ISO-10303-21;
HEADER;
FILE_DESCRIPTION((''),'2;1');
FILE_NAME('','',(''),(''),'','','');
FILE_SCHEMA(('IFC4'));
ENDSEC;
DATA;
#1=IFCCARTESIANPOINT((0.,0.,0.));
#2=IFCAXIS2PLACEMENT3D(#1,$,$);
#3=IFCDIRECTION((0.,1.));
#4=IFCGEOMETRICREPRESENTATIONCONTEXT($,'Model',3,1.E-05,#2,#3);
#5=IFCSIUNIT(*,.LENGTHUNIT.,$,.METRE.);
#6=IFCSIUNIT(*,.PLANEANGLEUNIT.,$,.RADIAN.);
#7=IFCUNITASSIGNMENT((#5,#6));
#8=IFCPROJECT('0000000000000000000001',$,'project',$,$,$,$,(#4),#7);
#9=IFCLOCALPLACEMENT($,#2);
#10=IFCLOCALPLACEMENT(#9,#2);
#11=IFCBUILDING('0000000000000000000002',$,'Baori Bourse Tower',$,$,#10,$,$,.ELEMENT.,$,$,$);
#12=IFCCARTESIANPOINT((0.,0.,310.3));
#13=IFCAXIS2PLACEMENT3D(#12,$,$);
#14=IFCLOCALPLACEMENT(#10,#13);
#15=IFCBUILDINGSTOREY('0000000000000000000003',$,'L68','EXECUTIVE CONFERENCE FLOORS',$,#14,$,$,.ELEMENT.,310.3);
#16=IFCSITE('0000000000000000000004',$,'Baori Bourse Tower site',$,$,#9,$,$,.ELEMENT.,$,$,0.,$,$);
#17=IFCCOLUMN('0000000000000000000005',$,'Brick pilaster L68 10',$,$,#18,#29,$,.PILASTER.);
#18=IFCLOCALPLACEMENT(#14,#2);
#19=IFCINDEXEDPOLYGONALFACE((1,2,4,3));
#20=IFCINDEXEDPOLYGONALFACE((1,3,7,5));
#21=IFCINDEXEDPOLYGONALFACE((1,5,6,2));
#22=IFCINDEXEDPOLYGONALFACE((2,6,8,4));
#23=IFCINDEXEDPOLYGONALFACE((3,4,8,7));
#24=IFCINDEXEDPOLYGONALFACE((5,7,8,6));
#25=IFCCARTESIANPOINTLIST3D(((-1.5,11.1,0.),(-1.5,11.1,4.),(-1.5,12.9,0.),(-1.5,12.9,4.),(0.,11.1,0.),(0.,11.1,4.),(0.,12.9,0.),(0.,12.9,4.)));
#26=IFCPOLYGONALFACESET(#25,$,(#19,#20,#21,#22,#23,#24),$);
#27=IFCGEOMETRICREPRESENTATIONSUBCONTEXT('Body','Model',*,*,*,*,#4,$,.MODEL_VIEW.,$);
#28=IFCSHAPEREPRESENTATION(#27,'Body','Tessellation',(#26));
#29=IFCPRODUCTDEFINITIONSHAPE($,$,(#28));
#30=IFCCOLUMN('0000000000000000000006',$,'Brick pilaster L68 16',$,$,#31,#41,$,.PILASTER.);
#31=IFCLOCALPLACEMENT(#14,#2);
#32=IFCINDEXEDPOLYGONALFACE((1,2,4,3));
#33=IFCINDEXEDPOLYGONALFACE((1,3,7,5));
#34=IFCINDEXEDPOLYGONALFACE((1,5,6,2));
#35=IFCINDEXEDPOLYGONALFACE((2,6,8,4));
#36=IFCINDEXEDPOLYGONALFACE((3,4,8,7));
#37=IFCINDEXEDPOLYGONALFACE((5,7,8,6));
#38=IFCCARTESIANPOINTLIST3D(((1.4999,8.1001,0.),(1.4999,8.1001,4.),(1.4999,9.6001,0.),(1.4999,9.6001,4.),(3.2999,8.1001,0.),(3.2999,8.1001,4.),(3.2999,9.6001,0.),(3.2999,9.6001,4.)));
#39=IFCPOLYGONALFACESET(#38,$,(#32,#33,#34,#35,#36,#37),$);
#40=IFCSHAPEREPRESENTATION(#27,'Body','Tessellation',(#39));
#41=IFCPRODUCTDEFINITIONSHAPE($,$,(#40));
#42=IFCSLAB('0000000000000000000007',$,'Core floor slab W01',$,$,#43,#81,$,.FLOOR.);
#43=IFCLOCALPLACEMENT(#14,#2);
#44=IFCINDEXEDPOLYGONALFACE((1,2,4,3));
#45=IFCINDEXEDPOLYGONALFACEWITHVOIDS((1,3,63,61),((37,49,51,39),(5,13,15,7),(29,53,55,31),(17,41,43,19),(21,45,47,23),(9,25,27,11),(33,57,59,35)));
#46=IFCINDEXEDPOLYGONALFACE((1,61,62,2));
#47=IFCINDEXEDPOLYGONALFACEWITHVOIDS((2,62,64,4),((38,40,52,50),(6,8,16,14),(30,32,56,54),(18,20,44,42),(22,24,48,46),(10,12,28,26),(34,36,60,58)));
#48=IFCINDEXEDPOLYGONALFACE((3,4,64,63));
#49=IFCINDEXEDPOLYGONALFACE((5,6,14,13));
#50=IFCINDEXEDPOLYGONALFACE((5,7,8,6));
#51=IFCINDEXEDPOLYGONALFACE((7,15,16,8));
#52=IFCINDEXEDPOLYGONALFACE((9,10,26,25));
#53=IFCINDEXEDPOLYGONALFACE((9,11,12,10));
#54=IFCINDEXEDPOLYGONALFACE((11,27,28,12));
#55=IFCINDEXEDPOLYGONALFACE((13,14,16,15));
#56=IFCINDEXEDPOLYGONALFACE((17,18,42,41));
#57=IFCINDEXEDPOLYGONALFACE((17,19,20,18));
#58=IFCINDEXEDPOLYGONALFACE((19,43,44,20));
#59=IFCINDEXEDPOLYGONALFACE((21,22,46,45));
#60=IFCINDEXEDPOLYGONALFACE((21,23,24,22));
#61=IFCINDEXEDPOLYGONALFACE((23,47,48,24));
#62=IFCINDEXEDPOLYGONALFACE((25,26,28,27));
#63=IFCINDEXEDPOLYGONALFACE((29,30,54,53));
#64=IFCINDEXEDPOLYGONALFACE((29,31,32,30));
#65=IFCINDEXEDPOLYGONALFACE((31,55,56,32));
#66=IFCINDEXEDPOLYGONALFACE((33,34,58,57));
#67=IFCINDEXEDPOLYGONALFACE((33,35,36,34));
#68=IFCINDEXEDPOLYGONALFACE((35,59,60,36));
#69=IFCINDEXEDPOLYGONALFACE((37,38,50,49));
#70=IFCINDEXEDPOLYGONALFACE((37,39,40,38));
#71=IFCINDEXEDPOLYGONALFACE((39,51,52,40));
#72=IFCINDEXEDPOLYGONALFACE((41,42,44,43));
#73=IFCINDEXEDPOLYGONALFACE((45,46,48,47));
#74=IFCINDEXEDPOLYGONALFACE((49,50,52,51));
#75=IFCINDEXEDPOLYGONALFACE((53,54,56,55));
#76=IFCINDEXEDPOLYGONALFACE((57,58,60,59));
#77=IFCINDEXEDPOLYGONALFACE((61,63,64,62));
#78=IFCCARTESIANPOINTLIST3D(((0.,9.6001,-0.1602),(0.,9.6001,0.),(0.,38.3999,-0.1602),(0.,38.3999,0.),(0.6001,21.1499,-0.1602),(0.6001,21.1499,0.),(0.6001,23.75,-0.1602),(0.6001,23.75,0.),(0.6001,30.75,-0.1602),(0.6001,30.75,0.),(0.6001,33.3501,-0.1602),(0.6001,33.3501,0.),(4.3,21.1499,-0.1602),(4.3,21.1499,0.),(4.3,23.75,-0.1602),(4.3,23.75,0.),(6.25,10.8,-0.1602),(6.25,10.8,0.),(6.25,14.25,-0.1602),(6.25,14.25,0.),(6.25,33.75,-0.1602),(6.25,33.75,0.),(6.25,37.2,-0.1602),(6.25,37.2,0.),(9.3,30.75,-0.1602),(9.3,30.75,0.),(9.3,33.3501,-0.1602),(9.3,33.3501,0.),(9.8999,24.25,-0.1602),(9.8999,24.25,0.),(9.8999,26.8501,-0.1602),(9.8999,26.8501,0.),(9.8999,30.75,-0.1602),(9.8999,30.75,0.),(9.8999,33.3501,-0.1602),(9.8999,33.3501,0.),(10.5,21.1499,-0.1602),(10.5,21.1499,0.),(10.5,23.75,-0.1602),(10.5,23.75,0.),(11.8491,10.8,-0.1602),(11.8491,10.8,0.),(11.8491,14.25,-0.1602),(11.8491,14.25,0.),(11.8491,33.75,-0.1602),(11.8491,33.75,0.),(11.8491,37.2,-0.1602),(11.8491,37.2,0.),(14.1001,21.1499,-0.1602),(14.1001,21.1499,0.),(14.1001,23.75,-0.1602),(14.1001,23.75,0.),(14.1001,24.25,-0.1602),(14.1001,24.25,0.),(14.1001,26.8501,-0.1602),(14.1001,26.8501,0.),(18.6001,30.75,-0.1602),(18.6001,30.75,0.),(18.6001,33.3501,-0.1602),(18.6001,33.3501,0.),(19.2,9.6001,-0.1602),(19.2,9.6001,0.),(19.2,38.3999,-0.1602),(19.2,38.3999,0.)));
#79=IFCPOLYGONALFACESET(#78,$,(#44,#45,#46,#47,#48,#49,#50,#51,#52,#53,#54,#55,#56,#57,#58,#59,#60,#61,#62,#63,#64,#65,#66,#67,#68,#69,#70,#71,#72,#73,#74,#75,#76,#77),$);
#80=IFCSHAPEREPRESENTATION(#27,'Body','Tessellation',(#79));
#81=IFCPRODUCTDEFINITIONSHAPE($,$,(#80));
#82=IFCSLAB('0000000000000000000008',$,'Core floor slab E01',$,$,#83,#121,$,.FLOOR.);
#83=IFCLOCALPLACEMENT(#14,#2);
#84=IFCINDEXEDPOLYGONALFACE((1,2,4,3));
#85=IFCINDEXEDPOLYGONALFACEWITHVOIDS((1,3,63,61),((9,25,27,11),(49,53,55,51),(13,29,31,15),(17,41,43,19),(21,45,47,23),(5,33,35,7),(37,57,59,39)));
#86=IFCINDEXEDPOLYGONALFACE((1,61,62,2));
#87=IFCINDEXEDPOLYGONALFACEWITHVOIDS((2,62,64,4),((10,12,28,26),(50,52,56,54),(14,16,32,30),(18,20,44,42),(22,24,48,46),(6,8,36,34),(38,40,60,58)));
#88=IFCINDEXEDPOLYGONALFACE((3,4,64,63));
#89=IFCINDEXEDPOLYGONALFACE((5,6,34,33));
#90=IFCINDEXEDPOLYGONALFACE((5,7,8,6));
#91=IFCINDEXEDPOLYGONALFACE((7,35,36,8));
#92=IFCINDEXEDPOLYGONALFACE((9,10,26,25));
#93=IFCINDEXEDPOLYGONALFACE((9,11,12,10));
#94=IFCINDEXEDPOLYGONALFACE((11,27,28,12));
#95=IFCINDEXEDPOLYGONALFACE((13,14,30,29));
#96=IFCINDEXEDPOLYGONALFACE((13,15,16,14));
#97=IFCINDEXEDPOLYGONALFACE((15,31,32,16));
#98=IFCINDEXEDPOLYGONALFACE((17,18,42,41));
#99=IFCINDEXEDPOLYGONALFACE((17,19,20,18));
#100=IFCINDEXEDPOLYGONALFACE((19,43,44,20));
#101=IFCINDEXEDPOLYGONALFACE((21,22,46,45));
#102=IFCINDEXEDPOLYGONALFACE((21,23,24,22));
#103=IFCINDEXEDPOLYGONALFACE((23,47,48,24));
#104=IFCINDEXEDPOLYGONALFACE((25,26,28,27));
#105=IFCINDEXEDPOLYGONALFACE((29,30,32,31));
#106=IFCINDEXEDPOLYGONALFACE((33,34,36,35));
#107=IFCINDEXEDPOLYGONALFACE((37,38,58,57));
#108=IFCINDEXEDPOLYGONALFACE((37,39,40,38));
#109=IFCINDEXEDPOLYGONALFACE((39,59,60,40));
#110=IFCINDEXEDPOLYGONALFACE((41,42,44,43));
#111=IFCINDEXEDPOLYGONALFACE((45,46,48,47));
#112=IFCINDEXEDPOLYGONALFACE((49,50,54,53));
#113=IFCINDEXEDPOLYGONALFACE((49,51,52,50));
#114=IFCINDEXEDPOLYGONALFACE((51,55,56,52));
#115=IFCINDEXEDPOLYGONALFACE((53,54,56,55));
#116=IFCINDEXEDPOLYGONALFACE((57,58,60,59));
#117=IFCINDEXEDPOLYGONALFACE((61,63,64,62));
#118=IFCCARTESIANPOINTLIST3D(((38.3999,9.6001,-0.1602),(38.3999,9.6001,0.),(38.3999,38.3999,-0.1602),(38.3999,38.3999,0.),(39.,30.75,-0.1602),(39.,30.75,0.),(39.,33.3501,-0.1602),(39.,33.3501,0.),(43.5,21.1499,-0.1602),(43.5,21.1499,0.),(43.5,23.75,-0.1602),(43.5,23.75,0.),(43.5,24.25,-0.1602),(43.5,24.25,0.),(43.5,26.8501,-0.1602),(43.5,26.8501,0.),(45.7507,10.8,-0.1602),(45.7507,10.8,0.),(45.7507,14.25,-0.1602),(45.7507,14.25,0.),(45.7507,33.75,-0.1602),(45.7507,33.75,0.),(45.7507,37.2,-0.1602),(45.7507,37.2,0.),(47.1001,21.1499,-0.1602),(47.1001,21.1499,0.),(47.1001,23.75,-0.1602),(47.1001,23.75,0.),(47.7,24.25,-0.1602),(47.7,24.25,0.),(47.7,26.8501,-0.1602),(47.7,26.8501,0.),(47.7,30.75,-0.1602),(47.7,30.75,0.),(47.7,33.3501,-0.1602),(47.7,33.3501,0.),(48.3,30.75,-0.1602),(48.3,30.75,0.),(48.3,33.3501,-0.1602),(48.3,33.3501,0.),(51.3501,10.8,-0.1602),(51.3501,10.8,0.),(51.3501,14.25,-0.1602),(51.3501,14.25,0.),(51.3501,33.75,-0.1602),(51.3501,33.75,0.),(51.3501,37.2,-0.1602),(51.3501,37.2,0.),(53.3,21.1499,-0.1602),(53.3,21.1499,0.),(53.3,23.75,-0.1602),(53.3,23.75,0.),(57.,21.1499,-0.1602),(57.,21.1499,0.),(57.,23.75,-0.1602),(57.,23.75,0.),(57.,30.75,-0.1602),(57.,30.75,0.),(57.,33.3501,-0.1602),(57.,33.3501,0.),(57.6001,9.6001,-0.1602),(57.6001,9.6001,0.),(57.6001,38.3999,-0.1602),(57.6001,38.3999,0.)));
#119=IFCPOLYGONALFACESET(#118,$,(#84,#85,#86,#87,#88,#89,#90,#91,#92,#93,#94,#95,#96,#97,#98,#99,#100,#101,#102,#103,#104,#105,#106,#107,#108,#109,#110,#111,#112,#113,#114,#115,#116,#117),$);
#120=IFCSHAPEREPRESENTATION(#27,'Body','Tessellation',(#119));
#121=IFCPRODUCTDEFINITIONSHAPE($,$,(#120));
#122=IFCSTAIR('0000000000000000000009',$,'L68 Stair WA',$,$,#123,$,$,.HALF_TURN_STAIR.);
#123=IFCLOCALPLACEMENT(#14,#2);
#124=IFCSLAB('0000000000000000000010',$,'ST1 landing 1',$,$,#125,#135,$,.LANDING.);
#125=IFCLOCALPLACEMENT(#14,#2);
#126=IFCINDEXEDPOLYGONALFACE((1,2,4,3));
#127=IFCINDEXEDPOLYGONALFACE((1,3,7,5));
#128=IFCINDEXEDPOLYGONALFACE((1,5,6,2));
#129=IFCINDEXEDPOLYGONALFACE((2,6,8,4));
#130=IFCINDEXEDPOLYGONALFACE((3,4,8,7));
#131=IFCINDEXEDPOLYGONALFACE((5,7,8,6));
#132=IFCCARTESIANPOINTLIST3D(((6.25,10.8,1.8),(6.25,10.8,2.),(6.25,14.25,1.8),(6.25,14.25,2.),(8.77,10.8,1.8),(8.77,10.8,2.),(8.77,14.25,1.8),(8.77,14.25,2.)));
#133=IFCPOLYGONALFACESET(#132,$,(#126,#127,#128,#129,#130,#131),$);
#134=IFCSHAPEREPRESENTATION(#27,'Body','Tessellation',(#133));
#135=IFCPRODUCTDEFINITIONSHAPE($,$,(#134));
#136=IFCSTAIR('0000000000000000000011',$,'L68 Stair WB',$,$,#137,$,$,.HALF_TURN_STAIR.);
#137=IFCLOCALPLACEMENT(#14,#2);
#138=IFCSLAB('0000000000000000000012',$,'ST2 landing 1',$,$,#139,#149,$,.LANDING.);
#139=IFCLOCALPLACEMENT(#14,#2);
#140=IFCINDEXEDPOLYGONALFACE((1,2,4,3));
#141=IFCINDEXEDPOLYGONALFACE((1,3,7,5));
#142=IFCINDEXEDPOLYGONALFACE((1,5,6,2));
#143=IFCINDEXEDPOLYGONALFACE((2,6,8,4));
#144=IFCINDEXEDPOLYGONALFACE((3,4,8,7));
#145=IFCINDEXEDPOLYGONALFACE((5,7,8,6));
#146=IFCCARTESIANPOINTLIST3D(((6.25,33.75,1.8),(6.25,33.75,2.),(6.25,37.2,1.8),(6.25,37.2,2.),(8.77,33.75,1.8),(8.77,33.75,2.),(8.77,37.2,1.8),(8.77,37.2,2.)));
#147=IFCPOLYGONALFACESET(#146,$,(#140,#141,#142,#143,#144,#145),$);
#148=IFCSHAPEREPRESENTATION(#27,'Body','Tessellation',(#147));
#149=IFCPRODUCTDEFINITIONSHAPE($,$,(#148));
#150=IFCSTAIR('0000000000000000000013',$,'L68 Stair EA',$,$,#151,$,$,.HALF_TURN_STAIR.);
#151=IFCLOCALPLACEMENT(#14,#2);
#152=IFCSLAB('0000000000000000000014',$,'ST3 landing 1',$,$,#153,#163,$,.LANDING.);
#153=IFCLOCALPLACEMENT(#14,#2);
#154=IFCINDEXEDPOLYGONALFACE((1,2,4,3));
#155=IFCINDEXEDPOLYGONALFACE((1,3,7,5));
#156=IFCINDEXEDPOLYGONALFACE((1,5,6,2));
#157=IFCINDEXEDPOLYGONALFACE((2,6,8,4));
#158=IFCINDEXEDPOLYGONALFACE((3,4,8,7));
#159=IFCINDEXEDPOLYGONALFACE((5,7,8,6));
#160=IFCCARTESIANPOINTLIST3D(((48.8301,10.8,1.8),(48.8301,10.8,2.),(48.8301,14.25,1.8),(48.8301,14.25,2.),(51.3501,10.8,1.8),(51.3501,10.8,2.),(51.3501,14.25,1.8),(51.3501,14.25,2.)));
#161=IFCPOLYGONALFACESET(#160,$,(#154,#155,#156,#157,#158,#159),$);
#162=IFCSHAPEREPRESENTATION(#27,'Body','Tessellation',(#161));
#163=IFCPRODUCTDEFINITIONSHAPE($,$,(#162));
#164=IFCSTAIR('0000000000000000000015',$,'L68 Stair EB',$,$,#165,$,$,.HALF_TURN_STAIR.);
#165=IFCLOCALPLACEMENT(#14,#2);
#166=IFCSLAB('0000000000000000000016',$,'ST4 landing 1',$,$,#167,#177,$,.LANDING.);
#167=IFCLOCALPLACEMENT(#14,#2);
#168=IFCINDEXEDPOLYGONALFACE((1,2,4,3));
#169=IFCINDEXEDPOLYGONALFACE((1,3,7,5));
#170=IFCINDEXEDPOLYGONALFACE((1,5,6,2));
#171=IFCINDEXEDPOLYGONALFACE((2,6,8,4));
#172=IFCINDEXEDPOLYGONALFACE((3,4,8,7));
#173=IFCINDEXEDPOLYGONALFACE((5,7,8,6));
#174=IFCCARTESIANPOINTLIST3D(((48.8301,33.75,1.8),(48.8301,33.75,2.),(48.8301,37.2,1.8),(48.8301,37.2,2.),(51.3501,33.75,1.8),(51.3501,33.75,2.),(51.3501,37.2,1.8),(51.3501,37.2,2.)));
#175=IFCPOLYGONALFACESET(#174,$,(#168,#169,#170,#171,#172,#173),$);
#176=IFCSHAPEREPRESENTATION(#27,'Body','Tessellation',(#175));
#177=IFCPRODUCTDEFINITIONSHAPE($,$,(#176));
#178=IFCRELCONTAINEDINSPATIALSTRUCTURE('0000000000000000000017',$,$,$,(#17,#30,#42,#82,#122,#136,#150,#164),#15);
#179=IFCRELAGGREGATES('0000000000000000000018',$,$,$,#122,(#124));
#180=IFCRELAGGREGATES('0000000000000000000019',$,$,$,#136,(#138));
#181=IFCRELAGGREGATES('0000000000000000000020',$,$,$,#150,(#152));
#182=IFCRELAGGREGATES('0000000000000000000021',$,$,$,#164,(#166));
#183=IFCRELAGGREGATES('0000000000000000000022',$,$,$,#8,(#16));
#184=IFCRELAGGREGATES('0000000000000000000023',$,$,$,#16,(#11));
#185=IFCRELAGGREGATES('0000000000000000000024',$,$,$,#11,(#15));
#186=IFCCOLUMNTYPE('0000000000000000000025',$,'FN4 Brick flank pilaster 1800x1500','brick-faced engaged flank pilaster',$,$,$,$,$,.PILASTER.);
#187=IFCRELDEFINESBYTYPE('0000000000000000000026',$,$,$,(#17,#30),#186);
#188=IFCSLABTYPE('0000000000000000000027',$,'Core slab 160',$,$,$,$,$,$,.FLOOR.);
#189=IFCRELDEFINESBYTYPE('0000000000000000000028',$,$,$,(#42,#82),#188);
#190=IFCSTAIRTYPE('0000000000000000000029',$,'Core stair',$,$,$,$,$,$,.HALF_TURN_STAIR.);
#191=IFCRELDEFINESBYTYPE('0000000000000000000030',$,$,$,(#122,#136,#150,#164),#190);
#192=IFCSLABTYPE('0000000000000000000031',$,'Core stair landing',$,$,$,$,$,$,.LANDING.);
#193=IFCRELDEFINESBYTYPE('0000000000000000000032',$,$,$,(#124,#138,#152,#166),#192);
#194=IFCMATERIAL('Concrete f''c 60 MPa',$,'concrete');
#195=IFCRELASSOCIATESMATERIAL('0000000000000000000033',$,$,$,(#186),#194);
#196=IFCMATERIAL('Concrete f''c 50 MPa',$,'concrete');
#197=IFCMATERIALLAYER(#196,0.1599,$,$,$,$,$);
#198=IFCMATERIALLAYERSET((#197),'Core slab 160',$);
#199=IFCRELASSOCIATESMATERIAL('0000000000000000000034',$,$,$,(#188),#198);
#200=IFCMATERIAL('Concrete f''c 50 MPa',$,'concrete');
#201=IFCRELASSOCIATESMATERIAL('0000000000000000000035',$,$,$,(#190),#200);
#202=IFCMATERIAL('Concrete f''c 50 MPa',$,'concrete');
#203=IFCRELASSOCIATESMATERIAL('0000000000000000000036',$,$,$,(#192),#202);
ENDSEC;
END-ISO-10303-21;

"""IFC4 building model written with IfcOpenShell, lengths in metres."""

from ifc_helpers import new_model, si_unit, direction, frame, origin, origin_2d, place, context, subcontext, project, spatial, polyline, rectangle, outline, extrude, material, layer, layer_set, material_profile, profile_set, type_object, element, aggregate, save


model = new_model("IFC4")

# Units and contexts
model_context = context("Model", 3, precision=1e-05, world=origin(), true_north=direction((0.0, 1.0)))
body_context = subcontext(model_context, "Body", "Model", "MODEL_VIEW")
ifc_project = project(units=[si_unit("LENGTHUNIT", "METRE"), si_unit("PLANEANGLEUNIT", "RADIAN")], contexts=[model_context])

# Site, building, storey
site_placement = place(None, origin())
site = spatial("IfcSite", under=ifc_project, at=site_placement, Name="Baori Bourse Tower site", CompositionType="ELEMENT", RefElevation=0.0)
building_placement = place(site_placement, origin())
building = spatial("IfcBuilding", under=site, at=building_placement, Name="Baori Bourse Tower", CompositionType="ELEMENT")
storey_placement = place(building_placement, frame((0.0, 0.0, 310.3)))
storey = spatial("IfcBuildingStorey", under=building, at=storey_placement, Name="L68", Description="EXECUTIVE CONFERENCE FLOORS", CompositionType="ELEMENT", Elevation=310.3)

# Columns
ifc_material_1 = material(Name="Concrete f'c 60 MPa", Category="concrete")
ifc_material_profile = material_profile(ifc_material_1, rectangle(XDim=1.8, YDim=1.5, at=origin_2d()), Name="RC 1800x1500")
ifc_profile_set = profile_set([ifc_material_profile], Name="Concrete f'c 60 MPa")
column_type = type_object("IfcColumnType", Name="FN4 Brick flank pilaster 1800x1500", Description="brick-faced engaged flank pilaster", PredefinedType="PILASTER", material=ifc_profile_set)
for number, where, z_axis, x_axis, name in (
    (1, (-0.75, 12.0, 0.0), (0.0, 0.0, 1.0), (0.0, 1.0, 0.0), "Brick pilaster L68 10"),
    (2, (2.3999, 8.8501, 0.0), (0.0, 0.0, 1.0), (1.0, 0.0, 0.0), "Brick pilaster L68 16"),
):
    element("IfcColumn", number, at=place(storey_placement, frame(where, z_axis=z_axis, x_axis=x_axis)), inside=storey, type_object=column_type, Name=name, PredefinedType="PILASTER", context=body_context, shape_type="SweptSolid", body=[
        extrude(rectangle(XDim=1.8, YDim=1.5, at=origin_2d()), origin(), (0.0, 0.0, 1.0), 4.0),
    ])

# Slabs
ifc_material_2 = material(Name="Concrete f'c 50 MPa", Category="concrete")
ifc_layer_1 = layer(ifc_material_2, 0.1599)
ifc_layer_set_1 = layer_set([ifc_layer_1], Name="Core slab 160")
slab_type_1 = type_object("IfcSlabType", Name="Core slab 160", PredefinedType="FLOOR", material=ifc_layer_set_1)
slab_1_placement = place(storey_placement, frame((0.0, 0.0, -0.1602)))
element("IfcSlab", 3, at=slab_1_placement, inside=storey, type_object=slab_type_1, Name="Core floor slab W01", PredefinedType="FLOOR", context=body_context, shape_type="SweptSolid", body=[
    extrude(outline(polyline([(19.2, 38.3999), (0.0, 38.3999), (0.0, 9.6001), (19.2, 9.6001), (19.2, 38.3999)]), holes=[polyline([(9.8999, 33.3501), (18.6001, 33.3501), (18.6001, 30.75), (9.8999, 30.75), (9.8999, 33.3501)]), polyline([(10.5, 21.1499), (10.5, 23.75), (14.1001, 23.75), (14.1001, 21.1499), (10.5, 21.1499)]), polyline([(14.1001, 24.25), (9.8999, 24.25), (9.8999, 26.8501), (14.1001, 26.8501), (14.1001, 24.25)]), polyline([(6.25, 14.25), (11.8491, 14.25), (11.8491, 10.8), (6.25, 10.8), (6.25, 14.25)]), polyline([(11.8491, 37.2), (11.8491, 33.75), (6.25, 33.75), (6.25, 37.2), (11.8491, 37.2)]), polyline([(0.6001, 30.75), (0.6001, 33.3501), (9.3, 33.3501), (9.3, 30.75), (0.6001, 30.75)]), polyline([(4.3, 23.75), (4.3, 21.1499), (0.6001, 21.1499), (0.6001, 23.75), (4.3, 23.75)])]), origin(), (0.0, 0.0, 1.0), 0.1602),
])
slab_2_placement = place(storey_placement, frame((0.0, 0.0, -0.1602)))
element("IfcSlab", 4, at=slab_2_placement, inside=storey, type_object=slab_type_1, Name="Core floor slab E01", PredefinedType="FLOOR", context=body_context, shape_type="SweptSolid", body=[
    extrude(outline(polyline([(57.6001, 9.6001), (57.6001, 38.3999), (38.3999, 38.3999), (38.3999, 9.6001), (57.6001, 9.6001)]), holes=[polyline([(48.3, 33.3501), (57.0, 33.3501), (57.0, 30.75), (48.3, 30.75), (48.3, 33.3501)]), polyline([(57.0, 21.1499), (53.3, 21.1499), (53.3, 23.75), (57.0, 23.75), (57.0, 21.1499)]), polyline([(45.7507, 14.25), (51.3501, 14.25), (51.3501, 10.8), (45.7507, 10.8), (45.7507, 14.25)]), polyline([(51.3501, 37.2), (51.3501, 33.75), (45.7507, 33.75), (45.7507, 37.2), (51.3501, 37.2)]), polyline([(43.5, 24.25), (43.5, 26.8501), (47.7, 26.8501), (47.7, 24.25), (43.5, 24.25)]), polyline([(47.7, 33.3501), (47.7, 30.75), (39.0, 30.75), (39.0, 33.3501), (47.7, 33.3501)]), polyline([(43.5, 23.75), (47.1001, 23.75), (47.1001, 21.1499), (43.5, 21.1499), (43.5, 23.75)])]), origin(), (0.0, 0.0, 1.0), 0.1602),
])

# Stairs, slabs
ifc_material_3 = material(Name="Concrete f'c 50 MPa", Category="concrete")
stair_type = type_object("IfcStairType", Name="Core stair", PredefinedType="HALF_TURN_STAIR", material=ifc_material_3)
stair_1_placement = place(storey_placement, origin())
stair_1 = element("IfcStair", 5, at=stair_1_placement, inside=storey, type_object=stair_type, Name="L68 Stair WA", PredefinedType="HALF_TURN_STAIR")
ifc_material_4 = material(Name="Concrete f'c 50 MPa", Category="concrete")
slab_type_2 = type_object("IfcSlabType", Name="Core stair landing", PredefinedType="LANDING", material=ifc_material_4)
slab_3_placement = place(storey_placement, frame((0.0, 0.0, 1.8)))
slab_3 = element("IfcSlab", 6, at=slab_3_placement, type_object=slab_type_2, Name="ST1 landing 1", PredefinedType="LANDING", context=body_context, shape_type="SweptSolid", body=[
    extrude(outline(polyline([(8.77, 14.25), (6.25, 14.25), (6.25, 10.8), (8.77, 10.8), (8.77, 14.25)])), origin(), (0.0, 0.0, 1.0), 0.2),
])
aggregate(stair_1, [slab_3])
stair_2_placement = place(storey_placement, origin())
stair_2 = element("IfcStair", 7, at=stair_2_placement, inside=storey, type_object=stair_type, Name="L68 Stair WB", PredefinedType="HALF_TURN_STAIR")
slab_4_placement = place(storey_placement, frame((0.0, 0.0, 1.8)))
slab_4 = element("IfcSlab", 8, at=slab_4_placement, type_object=slab_type_2, Name="ST2 landing 1", PredefinedType="LANDING", context=body_context, shape_type="SweptSolid", body=[
    extrude(outline(polyline([(8.77, 37.2), (6.25, 37.2), (6.25, 33.75), (8.77, 33.75), (8.77, 37.2)])), origin(), (0.0, 0.0, 1.0), 0.2),
])
aggregate(stair_2, [slab_4])
stair_3_placement = place(storey_placement, origin())
stair_3 = element("IfcStair", 9, at=stair_3_placement, inside=storey, type_object=stair_type, Name="L68 Stair EA", PredefinedType="HALF_TURN_STAIR")
slab_5_placement = place(storey_placement, frame((0.0, 0.0, 1.8)))
slab_5 = element("IfcSlab", 10, at=slab_5_placement, type_object=slab_type_2, Name="ST3 landing 1", PredefinedType="LANDING", context=body_context, shape_type="SweptSolid", body=[
    extrude(outline(polyline([(48.8301, 10.8), (51.3501, 10.8), (51.3501, 14.25), (48.8301, 14.25), (48.8301, 10.8)])), origin(), (0.0, 0.0, 1.0), 0.2),
])
aggregate(stair_3, [slab_5])
stair_4_placement = place(storey_placement, origin())
stair_4 = element("IfcStair", 11, at=stair_4_placement, inside=storey, type_object=stair_type, Name="L68 Stair EB", PredefinedType="HALF_TURN_STAIR")
slab_6_placement = place(storey_placement, frame((0.0, 0.0, 1.8)))
slab_6 = element("IfcSlab", 12, at=slab_6_placement, type_object=slab_type_2, Name="ST4 landing 1", PredefinedType="LANDING", context=body_context, shape_type="SweptSolid", body=[
    extrude(outline(polyline([(48.8301, 33.75), (51.3501, 33.75), (51.3501, 37.2), (48.8301, 37.2), (48.8301, 33.75)])), origin(), (0.0, 0.0, 1.0), 0.2),
])
aggregate(stair_4, [slab_6])

save(model, "model.ifc")
